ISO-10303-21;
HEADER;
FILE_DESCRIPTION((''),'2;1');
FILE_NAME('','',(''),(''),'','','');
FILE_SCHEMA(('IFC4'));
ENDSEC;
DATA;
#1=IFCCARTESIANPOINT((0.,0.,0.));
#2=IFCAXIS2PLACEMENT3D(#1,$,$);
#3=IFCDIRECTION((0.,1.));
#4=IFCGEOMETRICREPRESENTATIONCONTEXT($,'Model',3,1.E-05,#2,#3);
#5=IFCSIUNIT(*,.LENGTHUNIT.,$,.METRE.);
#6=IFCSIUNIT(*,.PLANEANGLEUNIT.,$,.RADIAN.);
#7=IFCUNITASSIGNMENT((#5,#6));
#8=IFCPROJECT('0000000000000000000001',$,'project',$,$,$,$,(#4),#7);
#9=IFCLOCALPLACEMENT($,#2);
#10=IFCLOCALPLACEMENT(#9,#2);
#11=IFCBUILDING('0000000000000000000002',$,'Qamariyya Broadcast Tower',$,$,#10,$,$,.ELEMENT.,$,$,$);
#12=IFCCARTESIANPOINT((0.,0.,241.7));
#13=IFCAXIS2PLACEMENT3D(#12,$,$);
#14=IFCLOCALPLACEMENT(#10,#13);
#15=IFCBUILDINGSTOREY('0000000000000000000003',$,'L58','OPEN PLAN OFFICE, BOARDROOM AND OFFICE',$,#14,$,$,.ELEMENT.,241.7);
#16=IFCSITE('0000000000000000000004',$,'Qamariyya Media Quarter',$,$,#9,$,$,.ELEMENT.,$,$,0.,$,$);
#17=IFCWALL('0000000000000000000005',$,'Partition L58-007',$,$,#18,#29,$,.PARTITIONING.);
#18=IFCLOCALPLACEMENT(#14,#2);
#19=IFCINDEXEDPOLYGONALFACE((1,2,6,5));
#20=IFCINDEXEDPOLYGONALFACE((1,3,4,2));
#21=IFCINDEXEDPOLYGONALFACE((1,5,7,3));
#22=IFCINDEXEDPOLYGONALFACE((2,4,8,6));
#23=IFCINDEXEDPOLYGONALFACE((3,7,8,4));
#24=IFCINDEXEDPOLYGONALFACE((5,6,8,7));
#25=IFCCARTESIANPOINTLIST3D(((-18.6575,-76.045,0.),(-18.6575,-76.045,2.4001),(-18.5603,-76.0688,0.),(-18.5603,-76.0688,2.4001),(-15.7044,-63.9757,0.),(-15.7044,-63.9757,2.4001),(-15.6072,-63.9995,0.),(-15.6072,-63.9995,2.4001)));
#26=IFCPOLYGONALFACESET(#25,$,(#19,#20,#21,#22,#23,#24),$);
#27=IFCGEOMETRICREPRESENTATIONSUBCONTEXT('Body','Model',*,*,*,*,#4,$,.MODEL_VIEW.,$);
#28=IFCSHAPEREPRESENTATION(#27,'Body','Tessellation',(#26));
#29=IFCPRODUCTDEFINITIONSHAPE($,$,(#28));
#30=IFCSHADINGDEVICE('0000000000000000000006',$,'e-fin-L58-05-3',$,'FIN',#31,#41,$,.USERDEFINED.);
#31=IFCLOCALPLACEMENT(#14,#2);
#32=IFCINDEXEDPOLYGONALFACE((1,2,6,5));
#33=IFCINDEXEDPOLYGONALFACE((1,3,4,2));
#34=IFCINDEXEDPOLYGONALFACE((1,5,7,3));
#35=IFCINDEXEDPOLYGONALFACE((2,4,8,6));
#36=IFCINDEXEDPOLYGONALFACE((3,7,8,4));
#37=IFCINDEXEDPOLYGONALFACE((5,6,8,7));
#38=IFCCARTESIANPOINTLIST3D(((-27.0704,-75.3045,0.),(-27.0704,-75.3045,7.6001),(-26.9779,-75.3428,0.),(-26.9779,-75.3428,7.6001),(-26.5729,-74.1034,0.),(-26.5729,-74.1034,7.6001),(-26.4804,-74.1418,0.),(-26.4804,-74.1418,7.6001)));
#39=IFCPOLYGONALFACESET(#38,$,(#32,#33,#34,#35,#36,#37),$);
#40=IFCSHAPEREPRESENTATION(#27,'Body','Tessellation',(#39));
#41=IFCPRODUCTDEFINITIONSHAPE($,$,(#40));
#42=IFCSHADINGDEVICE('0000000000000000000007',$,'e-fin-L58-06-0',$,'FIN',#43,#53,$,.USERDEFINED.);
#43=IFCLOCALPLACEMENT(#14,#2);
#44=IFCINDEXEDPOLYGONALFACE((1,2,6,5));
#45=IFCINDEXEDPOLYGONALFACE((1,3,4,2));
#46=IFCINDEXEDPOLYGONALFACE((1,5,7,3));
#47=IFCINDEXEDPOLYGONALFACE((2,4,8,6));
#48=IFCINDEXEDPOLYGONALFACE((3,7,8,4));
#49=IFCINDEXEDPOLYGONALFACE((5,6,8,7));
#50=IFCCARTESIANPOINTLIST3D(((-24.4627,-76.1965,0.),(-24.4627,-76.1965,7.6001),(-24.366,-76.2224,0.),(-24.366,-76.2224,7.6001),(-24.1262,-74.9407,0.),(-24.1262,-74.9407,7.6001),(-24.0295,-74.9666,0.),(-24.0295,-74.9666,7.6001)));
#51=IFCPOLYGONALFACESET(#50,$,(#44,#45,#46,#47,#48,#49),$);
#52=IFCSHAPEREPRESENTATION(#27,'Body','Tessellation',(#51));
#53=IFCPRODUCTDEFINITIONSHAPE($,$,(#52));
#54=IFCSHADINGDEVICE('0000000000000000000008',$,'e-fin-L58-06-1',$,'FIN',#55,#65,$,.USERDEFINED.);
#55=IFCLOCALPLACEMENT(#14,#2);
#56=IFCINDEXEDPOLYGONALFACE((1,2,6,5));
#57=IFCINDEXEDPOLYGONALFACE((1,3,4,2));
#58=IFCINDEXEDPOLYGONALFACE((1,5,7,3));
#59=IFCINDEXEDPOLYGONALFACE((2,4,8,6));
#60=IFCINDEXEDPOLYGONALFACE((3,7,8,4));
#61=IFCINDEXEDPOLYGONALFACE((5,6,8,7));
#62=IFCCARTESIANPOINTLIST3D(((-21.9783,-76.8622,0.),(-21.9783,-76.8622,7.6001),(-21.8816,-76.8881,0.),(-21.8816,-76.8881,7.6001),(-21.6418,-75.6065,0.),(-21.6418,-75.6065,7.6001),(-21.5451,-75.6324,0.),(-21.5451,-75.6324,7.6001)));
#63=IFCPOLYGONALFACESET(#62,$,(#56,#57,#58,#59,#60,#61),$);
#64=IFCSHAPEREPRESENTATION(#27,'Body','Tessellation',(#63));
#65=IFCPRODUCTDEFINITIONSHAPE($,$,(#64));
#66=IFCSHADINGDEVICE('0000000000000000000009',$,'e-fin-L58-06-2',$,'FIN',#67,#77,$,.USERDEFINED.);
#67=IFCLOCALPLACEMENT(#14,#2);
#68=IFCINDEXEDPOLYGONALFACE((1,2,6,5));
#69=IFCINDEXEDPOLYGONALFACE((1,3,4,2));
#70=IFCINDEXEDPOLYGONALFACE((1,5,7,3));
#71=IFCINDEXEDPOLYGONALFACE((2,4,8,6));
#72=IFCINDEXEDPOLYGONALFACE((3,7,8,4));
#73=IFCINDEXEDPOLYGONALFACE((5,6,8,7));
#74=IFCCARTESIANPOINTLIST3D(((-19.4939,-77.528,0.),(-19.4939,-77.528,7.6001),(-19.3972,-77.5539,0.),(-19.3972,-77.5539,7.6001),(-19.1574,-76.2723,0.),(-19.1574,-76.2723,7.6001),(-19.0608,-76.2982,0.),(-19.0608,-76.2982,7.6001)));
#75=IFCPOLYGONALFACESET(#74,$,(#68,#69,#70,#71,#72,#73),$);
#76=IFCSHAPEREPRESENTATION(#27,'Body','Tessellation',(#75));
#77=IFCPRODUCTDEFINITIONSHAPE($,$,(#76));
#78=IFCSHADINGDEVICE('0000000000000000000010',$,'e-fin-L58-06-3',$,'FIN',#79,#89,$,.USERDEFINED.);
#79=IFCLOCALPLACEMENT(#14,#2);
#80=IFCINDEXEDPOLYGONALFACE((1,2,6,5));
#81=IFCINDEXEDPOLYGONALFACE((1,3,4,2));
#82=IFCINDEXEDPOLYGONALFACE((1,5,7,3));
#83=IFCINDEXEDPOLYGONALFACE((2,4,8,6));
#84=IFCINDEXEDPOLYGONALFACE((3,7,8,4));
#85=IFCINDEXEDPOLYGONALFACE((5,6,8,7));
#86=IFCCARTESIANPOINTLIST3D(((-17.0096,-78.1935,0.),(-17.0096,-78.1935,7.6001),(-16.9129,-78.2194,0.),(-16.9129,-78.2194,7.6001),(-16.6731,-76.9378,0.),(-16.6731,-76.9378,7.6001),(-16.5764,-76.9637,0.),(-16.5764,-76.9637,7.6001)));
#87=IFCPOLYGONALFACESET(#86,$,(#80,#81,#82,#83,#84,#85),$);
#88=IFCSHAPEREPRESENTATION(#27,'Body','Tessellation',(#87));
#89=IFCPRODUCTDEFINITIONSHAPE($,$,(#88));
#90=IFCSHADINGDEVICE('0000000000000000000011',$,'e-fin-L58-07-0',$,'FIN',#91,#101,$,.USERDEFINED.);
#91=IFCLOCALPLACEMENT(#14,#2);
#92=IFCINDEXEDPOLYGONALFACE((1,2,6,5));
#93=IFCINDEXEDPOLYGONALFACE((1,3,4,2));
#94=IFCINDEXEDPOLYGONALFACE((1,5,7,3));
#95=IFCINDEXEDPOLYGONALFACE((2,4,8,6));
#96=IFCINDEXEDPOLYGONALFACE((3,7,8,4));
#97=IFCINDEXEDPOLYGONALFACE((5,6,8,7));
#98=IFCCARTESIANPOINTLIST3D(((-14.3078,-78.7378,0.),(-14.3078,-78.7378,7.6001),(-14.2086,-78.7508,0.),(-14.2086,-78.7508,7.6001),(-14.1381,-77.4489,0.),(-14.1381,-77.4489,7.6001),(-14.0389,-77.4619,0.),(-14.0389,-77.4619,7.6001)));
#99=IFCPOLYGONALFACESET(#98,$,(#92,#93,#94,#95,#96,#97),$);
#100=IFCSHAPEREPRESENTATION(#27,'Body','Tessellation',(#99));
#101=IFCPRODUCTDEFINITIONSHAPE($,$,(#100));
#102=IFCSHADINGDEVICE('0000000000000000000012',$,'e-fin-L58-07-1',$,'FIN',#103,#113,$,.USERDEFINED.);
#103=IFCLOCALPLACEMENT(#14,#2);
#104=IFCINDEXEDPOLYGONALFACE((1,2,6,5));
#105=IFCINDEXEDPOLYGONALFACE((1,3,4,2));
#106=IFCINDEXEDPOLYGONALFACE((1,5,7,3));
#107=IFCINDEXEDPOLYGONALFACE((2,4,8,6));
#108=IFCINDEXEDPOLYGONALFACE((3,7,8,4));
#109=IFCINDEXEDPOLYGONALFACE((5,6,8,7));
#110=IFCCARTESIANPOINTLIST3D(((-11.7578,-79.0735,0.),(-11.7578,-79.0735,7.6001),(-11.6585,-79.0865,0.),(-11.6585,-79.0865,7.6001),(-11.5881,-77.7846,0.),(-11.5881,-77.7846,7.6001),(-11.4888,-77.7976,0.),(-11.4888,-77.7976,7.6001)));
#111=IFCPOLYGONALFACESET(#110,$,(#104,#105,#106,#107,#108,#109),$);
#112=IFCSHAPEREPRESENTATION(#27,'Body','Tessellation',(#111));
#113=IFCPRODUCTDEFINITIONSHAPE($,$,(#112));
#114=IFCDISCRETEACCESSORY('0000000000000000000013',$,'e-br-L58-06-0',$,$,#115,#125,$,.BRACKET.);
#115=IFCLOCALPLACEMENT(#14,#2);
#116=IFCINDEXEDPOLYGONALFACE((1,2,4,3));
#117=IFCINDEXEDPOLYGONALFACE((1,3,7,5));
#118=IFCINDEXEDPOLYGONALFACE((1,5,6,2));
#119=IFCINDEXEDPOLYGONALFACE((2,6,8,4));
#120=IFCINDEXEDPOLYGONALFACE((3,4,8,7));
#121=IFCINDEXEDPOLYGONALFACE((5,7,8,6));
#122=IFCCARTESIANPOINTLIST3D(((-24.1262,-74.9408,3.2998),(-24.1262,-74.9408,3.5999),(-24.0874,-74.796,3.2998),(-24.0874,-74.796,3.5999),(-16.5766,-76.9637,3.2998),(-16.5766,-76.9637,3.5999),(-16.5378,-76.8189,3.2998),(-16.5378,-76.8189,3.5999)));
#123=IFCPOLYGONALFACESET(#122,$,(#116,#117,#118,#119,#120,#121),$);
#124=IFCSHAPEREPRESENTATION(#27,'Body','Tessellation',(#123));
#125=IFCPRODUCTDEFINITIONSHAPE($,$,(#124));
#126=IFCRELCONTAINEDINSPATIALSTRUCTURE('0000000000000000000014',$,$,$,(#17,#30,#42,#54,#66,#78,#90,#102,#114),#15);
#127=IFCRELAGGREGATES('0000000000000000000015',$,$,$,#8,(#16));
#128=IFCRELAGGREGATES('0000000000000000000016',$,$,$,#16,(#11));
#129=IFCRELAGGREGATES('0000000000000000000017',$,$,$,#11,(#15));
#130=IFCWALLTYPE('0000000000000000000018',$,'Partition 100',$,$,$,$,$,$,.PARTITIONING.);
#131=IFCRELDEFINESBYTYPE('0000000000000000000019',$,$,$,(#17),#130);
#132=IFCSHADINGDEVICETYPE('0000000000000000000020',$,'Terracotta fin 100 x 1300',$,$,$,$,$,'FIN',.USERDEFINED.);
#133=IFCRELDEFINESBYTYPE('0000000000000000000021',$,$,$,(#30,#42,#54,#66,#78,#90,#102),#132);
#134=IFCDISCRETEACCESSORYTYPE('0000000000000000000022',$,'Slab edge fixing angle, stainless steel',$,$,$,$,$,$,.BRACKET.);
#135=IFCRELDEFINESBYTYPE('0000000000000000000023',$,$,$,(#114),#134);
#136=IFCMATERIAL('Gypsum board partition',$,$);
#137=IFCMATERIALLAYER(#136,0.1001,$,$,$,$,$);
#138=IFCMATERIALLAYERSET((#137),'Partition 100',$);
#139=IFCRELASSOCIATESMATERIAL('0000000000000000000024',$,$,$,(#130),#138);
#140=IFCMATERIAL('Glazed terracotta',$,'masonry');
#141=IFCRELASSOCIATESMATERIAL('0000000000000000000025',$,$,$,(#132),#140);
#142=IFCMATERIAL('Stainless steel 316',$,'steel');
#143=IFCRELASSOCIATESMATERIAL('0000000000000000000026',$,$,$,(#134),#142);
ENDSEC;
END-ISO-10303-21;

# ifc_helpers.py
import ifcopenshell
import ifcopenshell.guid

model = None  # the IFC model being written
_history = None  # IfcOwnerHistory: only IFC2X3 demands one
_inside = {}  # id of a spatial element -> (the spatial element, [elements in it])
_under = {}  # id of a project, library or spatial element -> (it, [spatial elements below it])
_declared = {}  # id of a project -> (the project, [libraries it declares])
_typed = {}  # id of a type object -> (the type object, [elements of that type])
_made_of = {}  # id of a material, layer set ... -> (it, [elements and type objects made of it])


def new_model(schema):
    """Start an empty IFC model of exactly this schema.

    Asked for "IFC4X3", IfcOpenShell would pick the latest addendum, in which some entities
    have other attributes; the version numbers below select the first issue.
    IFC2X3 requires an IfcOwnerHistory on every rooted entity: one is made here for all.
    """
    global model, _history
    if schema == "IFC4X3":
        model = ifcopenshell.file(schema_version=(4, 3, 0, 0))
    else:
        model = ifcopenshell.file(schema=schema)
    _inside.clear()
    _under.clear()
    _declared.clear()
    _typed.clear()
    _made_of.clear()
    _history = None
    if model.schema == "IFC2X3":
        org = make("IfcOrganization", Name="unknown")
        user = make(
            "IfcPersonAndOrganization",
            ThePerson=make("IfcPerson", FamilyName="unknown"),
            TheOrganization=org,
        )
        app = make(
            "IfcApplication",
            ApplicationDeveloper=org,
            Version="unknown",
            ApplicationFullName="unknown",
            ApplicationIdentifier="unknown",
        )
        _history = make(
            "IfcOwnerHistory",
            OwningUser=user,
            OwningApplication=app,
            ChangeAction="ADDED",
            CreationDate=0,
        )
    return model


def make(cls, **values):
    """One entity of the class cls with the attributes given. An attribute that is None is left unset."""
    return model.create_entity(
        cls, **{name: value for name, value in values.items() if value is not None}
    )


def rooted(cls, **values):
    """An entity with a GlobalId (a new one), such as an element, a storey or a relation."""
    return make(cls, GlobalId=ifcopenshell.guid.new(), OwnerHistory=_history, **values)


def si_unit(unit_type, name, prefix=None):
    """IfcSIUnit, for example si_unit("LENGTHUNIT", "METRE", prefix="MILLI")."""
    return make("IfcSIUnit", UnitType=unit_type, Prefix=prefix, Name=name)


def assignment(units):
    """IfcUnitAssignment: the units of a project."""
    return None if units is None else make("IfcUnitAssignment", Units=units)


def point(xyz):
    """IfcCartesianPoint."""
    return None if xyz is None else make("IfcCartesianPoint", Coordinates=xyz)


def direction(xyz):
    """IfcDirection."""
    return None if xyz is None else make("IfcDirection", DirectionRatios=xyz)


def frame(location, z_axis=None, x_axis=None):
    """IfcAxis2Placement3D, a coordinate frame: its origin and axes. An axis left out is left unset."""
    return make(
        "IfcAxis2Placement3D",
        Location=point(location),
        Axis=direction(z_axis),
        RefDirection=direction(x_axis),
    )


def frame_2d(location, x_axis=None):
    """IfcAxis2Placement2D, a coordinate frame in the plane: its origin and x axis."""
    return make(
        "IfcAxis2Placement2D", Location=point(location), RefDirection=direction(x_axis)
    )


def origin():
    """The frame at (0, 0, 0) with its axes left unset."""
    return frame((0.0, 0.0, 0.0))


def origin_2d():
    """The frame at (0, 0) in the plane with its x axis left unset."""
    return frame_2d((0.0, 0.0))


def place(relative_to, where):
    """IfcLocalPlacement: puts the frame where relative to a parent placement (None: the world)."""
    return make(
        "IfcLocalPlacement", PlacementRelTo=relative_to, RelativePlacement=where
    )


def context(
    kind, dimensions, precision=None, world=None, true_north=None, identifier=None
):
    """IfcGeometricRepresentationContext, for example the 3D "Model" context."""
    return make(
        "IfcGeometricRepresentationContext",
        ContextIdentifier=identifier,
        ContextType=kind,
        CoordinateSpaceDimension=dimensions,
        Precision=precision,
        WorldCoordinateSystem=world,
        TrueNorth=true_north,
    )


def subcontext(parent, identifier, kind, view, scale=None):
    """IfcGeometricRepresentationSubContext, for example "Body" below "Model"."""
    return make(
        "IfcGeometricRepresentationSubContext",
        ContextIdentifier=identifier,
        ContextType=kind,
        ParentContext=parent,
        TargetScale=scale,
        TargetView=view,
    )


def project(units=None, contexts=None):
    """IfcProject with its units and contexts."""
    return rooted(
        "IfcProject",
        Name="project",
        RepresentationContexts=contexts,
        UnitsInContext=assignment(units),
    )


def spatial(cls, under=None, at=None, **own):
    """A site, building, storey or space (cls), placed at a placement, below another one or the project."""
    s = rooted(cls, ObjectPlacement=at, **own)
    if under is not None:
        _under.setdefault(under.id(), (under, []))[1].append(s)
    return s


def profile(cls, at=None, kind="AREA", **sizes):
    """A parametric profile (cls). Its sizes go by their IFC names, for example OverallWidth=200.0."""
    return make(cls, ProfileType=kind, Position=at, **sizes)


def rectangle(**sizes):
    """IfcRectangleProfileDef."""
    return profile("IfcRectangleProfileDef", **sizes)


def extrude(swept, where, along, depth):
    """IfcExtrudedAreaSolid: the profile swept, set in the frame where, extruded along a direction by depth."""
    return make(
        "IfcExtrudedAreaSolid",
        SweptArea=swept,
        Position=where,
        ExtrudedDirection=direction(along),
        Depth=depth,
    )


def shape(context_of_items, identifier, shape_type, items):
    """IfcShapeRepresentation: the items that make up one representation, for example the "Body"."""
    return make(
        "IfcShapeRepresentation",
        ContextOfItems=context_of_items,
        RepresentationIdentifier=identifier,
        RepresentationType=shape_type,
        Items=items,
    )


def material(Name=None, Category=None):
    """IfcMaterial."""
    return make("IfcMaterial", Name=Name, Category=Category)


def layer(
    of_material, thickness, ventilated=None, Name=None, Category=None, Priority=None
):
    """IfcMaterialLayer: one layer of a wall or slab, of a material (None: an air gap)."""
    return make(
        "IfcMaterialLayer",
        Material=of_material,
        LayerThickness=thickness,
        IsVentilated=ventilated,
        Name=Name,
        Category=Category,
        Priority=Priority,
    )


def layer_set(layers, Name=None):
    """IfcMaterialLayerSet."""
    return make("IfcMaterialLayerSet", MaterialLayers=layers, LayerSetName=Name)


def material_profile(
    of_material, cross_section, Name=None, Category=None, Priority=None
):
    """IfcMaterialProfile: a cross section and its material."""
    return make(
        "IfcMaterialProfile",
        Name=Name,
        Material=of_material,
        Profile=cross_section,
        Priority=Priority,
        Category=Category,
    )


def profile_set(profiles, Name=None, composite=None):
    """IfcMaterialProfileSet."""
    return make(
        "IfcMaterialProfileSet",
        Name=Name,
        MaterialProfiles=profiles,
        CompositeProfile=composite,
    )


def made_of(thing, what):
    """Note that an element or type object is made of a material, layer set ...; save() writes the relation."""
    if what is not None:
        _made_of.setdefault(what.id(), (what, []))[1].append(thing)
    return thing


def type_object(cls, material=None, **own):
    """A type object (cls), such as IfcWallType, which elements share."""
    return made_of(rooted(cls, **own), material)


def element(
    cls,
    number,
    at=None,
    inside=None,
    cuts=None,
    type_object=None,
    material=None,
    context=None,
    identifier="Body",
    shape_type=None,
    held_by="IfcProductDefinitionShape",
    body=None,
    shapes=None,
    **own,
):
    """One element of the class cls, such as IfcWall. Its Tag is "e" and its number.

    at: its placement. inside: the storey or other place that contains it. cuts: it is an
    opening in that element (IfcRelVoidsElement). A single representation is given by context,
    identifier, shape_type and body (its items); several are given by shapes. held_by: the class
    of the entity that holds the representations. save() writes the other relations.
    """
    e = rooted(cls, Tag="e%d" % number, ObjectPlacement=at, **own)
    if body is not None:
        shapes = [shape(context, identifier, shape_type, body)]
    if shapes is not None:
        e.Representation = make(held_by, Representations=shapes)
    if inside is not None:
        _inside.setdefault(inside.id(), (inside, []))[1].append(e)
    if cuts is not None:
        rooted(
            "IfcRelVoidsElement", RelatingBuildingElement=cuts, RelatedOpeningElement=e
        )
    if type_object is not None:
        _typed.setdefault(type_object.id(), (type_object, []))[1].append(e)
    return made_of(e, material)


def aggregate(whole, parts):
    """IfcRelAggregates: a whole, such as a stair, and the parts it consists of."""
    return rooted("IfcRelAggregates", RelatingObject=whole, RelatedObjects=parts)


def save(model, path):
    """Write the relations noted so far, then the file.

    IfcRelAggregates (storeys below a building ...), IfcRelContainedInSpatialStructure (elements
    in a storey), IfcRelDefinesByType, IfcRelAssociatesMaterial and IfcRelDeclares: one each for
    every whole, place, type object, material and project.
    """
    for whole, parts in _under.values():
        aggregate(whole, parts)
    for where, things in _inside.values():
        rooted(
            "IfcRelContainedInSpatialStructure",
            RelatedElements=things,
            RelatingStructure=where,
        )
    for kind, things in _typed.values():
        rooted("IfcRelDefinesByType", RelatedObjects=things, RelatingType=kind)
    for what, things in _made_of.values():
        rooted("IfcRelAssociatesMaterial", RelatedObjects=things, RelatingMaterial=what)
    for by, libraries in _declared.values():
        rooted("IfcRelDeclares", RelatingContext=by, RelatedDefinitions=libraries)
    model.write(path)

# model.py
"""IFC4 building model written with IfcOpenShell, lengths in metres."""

from ifc_helpers import new_model, si_unit, direction, frame, frame_2d, origin, origin_2d, place, context, subcontext, project, spatial, rectangle, extrude, material, layer, layer_set, material_profile, profile_set, type_object, element, save


model = new_model("IFC4")

# Units and contexts
model_context = context("Model", 3, precision=1e-05, world=origin(), true_north=direction((0.0, 1.0)))
body_context = subcontext(model_context, "Body", "Model", "MODEL_VIEW")
ifc_project = project(units=[si_unit("LENGTHUNIT", "METRE"), si_unit("PLANEANGLEUNIT", "RADIAN")], contexts=[model_context])

# Site, building, storey
site_placement = place(None, origin())
site = spatial("IfcSite", under=ifc_project, at=site_placement, Name="Qamariyya Media Quarter", CompositionType="ELEMENT", RefElevation=0.0)
building_placement = place(site_placement, origin())
building = spatial("IfcBuilding", under=site, at=building_placement, Name="Qamariyya Broadcast Tower", CompositionType="ELEMENT")
storey_placement = place(building_placement, frame((0.0, 0.0, 241.7)))
storey = spatial("IfcBuildingStorey", under=building, at=storey_placement, Name="L58", Description="OPEN PLAN OFFICE, BOARDROOM AND OFFICE", CompositionType="ELEMENT", Elevation=241.7)

# Shared definitions
ifc_material_1 = material(Name="Gypsum board partition")

# Wall
ifc_layer_1 = layer(ifc_material_1, 0.1001)
ifc_layer_set_1 = layer_set([ifc_layer_1], Name="Partition 100")
wall_type_1 = type_object("IfcWallType", Name="Partition 100", PredefinedType="PARTITIONING", material=ifc_layer_set_1)
wall_1_placement = place(storey_placement, frame((-18.6089, -76.0569, 0.0), z_axis=(0.0, 0.0, 1.0), x_axis=(0.237669, 0.971346, 0.0)))
element("IfcWall", 1, at=wall_1_placement, inside=storey, type_object=wall_type_1, Name="Partition L58-007", PredefinedType="PARTITIONING", context=body_context, shape_type="SweptSolid", body=[
    extrude(rectangle(XDim=12.4253, YDim=0.1001, at=frame_2d((6.2126, 0.0))), origin(), (0.0, 0.0, 1.0), 2.4001),
])

# Shading devices
ifc_material_2 = material(Name="Glazed terracotta", Category="masonry")
ifc_material_profile_1 = material_profile(ifc_material_2, rectangle(XDim=1.3, YDim=0.1001, at=origin_2d()))
ifc_profile_set_1 = profile_set([ifc_material_profile_1], Name="Glazed terracotta")
shading_device_type_1 = type_object("IfcShadingDeviceType", Name="Terracotta fin 100 x 1300", ElementType="FIN", PredefinedType="USERDEFINED", material=ifc_profile_set_1)
for number, where, z_axis, x_axis, name in (
    (2, (-26.7754, -74.7231, 0.0), (0.0, 0.0, 1.0), (-0.382683, -0.92388, 0.0), "e-fin-L58-05-3"),
    (3, (-24.2461, -75.5815, 0.0), (0.0, 0.0, 1.0), (-0.258819, -0.965926, 0.0), "e-fin-L58-06-0"),
    (4, (-21.7617, -76.2473, 0.0), (0.0, 0.0, 1.0), (-0.258819, -0.965926, 0.0), "e-fin-L58-06-1"),
    (5, (-19.2773, -76.9131, 0.0), (0.0, 0.0, 1.0), (-0.258819, -0.965926, 0.0), "e-fin-L58-06-2"),
    (6, (-16.793, -77.5786, 0.0), (0.0, 0.0, 1.0), (-0.258819, -0.965926, 0.0), "e-fin-L58-06-3"),
    (7, (-14.1733, -78.0999, 0.0), (0.0, 0.0, 1.0), (-0.130526, -0.991445, 0.0), "e-fin-L58-07-0"),
    (8, (-11.6233, -78.4355, 0.0), (0.0, 0.0, 1.0), (-0.130526, -0.991445, 0.0), "e-fin-L58-07-1"),
):
    element("IfcShadingDevice", number, at=place(storey_placement, frame(where, z_axis=z_axis, x_axis=x_axis)), inside=storey, type_object=shading_device_type_1, Name=name, ObjectType="FIN", PredefinedType="USERDEFINED", context=body_context, shape_type="SweptSolid", body=[
        extrude(rectangle(XDim=1.3, YDim=0.1001, at=origin_2d()), origin(), (0.0, 0.0, 1.0), 7.6001),
    ])

# Discrete accessory
ifc_material_3 = material(Name="Stainless steel 316", Category="steel")
discrete_accessory_type = type_object("IfcDiscreteAccessoryType", Name="Slab edge fixing angle, stainless steel", PredefinedType="BRACKET", material=ifc_material_3)
discrete_accessory_placement = place(storey_placement, frame((-20.332, -75.8799, 3.2998), z_axis=(0.0, 0.0, 1.0), x_axis=(0.965926, -0.258819, 0.0)))
element("IfcDiscreteAccessory", 9, at=discrete_accessory_placement, inside=storey, type_object=discrete_accessory_type, Name="e-br-L58-06-0", PredefinedType="BRACKET", context=body_context, shape_type="SweptSolid", body=[
    extrude(rectangle(XDim=7.8159, YDim=0.1499, at=origin_2d()), origin(), (0.0, 0.0, 1.0), 0.3),
])

save(model, "model.ifc")
